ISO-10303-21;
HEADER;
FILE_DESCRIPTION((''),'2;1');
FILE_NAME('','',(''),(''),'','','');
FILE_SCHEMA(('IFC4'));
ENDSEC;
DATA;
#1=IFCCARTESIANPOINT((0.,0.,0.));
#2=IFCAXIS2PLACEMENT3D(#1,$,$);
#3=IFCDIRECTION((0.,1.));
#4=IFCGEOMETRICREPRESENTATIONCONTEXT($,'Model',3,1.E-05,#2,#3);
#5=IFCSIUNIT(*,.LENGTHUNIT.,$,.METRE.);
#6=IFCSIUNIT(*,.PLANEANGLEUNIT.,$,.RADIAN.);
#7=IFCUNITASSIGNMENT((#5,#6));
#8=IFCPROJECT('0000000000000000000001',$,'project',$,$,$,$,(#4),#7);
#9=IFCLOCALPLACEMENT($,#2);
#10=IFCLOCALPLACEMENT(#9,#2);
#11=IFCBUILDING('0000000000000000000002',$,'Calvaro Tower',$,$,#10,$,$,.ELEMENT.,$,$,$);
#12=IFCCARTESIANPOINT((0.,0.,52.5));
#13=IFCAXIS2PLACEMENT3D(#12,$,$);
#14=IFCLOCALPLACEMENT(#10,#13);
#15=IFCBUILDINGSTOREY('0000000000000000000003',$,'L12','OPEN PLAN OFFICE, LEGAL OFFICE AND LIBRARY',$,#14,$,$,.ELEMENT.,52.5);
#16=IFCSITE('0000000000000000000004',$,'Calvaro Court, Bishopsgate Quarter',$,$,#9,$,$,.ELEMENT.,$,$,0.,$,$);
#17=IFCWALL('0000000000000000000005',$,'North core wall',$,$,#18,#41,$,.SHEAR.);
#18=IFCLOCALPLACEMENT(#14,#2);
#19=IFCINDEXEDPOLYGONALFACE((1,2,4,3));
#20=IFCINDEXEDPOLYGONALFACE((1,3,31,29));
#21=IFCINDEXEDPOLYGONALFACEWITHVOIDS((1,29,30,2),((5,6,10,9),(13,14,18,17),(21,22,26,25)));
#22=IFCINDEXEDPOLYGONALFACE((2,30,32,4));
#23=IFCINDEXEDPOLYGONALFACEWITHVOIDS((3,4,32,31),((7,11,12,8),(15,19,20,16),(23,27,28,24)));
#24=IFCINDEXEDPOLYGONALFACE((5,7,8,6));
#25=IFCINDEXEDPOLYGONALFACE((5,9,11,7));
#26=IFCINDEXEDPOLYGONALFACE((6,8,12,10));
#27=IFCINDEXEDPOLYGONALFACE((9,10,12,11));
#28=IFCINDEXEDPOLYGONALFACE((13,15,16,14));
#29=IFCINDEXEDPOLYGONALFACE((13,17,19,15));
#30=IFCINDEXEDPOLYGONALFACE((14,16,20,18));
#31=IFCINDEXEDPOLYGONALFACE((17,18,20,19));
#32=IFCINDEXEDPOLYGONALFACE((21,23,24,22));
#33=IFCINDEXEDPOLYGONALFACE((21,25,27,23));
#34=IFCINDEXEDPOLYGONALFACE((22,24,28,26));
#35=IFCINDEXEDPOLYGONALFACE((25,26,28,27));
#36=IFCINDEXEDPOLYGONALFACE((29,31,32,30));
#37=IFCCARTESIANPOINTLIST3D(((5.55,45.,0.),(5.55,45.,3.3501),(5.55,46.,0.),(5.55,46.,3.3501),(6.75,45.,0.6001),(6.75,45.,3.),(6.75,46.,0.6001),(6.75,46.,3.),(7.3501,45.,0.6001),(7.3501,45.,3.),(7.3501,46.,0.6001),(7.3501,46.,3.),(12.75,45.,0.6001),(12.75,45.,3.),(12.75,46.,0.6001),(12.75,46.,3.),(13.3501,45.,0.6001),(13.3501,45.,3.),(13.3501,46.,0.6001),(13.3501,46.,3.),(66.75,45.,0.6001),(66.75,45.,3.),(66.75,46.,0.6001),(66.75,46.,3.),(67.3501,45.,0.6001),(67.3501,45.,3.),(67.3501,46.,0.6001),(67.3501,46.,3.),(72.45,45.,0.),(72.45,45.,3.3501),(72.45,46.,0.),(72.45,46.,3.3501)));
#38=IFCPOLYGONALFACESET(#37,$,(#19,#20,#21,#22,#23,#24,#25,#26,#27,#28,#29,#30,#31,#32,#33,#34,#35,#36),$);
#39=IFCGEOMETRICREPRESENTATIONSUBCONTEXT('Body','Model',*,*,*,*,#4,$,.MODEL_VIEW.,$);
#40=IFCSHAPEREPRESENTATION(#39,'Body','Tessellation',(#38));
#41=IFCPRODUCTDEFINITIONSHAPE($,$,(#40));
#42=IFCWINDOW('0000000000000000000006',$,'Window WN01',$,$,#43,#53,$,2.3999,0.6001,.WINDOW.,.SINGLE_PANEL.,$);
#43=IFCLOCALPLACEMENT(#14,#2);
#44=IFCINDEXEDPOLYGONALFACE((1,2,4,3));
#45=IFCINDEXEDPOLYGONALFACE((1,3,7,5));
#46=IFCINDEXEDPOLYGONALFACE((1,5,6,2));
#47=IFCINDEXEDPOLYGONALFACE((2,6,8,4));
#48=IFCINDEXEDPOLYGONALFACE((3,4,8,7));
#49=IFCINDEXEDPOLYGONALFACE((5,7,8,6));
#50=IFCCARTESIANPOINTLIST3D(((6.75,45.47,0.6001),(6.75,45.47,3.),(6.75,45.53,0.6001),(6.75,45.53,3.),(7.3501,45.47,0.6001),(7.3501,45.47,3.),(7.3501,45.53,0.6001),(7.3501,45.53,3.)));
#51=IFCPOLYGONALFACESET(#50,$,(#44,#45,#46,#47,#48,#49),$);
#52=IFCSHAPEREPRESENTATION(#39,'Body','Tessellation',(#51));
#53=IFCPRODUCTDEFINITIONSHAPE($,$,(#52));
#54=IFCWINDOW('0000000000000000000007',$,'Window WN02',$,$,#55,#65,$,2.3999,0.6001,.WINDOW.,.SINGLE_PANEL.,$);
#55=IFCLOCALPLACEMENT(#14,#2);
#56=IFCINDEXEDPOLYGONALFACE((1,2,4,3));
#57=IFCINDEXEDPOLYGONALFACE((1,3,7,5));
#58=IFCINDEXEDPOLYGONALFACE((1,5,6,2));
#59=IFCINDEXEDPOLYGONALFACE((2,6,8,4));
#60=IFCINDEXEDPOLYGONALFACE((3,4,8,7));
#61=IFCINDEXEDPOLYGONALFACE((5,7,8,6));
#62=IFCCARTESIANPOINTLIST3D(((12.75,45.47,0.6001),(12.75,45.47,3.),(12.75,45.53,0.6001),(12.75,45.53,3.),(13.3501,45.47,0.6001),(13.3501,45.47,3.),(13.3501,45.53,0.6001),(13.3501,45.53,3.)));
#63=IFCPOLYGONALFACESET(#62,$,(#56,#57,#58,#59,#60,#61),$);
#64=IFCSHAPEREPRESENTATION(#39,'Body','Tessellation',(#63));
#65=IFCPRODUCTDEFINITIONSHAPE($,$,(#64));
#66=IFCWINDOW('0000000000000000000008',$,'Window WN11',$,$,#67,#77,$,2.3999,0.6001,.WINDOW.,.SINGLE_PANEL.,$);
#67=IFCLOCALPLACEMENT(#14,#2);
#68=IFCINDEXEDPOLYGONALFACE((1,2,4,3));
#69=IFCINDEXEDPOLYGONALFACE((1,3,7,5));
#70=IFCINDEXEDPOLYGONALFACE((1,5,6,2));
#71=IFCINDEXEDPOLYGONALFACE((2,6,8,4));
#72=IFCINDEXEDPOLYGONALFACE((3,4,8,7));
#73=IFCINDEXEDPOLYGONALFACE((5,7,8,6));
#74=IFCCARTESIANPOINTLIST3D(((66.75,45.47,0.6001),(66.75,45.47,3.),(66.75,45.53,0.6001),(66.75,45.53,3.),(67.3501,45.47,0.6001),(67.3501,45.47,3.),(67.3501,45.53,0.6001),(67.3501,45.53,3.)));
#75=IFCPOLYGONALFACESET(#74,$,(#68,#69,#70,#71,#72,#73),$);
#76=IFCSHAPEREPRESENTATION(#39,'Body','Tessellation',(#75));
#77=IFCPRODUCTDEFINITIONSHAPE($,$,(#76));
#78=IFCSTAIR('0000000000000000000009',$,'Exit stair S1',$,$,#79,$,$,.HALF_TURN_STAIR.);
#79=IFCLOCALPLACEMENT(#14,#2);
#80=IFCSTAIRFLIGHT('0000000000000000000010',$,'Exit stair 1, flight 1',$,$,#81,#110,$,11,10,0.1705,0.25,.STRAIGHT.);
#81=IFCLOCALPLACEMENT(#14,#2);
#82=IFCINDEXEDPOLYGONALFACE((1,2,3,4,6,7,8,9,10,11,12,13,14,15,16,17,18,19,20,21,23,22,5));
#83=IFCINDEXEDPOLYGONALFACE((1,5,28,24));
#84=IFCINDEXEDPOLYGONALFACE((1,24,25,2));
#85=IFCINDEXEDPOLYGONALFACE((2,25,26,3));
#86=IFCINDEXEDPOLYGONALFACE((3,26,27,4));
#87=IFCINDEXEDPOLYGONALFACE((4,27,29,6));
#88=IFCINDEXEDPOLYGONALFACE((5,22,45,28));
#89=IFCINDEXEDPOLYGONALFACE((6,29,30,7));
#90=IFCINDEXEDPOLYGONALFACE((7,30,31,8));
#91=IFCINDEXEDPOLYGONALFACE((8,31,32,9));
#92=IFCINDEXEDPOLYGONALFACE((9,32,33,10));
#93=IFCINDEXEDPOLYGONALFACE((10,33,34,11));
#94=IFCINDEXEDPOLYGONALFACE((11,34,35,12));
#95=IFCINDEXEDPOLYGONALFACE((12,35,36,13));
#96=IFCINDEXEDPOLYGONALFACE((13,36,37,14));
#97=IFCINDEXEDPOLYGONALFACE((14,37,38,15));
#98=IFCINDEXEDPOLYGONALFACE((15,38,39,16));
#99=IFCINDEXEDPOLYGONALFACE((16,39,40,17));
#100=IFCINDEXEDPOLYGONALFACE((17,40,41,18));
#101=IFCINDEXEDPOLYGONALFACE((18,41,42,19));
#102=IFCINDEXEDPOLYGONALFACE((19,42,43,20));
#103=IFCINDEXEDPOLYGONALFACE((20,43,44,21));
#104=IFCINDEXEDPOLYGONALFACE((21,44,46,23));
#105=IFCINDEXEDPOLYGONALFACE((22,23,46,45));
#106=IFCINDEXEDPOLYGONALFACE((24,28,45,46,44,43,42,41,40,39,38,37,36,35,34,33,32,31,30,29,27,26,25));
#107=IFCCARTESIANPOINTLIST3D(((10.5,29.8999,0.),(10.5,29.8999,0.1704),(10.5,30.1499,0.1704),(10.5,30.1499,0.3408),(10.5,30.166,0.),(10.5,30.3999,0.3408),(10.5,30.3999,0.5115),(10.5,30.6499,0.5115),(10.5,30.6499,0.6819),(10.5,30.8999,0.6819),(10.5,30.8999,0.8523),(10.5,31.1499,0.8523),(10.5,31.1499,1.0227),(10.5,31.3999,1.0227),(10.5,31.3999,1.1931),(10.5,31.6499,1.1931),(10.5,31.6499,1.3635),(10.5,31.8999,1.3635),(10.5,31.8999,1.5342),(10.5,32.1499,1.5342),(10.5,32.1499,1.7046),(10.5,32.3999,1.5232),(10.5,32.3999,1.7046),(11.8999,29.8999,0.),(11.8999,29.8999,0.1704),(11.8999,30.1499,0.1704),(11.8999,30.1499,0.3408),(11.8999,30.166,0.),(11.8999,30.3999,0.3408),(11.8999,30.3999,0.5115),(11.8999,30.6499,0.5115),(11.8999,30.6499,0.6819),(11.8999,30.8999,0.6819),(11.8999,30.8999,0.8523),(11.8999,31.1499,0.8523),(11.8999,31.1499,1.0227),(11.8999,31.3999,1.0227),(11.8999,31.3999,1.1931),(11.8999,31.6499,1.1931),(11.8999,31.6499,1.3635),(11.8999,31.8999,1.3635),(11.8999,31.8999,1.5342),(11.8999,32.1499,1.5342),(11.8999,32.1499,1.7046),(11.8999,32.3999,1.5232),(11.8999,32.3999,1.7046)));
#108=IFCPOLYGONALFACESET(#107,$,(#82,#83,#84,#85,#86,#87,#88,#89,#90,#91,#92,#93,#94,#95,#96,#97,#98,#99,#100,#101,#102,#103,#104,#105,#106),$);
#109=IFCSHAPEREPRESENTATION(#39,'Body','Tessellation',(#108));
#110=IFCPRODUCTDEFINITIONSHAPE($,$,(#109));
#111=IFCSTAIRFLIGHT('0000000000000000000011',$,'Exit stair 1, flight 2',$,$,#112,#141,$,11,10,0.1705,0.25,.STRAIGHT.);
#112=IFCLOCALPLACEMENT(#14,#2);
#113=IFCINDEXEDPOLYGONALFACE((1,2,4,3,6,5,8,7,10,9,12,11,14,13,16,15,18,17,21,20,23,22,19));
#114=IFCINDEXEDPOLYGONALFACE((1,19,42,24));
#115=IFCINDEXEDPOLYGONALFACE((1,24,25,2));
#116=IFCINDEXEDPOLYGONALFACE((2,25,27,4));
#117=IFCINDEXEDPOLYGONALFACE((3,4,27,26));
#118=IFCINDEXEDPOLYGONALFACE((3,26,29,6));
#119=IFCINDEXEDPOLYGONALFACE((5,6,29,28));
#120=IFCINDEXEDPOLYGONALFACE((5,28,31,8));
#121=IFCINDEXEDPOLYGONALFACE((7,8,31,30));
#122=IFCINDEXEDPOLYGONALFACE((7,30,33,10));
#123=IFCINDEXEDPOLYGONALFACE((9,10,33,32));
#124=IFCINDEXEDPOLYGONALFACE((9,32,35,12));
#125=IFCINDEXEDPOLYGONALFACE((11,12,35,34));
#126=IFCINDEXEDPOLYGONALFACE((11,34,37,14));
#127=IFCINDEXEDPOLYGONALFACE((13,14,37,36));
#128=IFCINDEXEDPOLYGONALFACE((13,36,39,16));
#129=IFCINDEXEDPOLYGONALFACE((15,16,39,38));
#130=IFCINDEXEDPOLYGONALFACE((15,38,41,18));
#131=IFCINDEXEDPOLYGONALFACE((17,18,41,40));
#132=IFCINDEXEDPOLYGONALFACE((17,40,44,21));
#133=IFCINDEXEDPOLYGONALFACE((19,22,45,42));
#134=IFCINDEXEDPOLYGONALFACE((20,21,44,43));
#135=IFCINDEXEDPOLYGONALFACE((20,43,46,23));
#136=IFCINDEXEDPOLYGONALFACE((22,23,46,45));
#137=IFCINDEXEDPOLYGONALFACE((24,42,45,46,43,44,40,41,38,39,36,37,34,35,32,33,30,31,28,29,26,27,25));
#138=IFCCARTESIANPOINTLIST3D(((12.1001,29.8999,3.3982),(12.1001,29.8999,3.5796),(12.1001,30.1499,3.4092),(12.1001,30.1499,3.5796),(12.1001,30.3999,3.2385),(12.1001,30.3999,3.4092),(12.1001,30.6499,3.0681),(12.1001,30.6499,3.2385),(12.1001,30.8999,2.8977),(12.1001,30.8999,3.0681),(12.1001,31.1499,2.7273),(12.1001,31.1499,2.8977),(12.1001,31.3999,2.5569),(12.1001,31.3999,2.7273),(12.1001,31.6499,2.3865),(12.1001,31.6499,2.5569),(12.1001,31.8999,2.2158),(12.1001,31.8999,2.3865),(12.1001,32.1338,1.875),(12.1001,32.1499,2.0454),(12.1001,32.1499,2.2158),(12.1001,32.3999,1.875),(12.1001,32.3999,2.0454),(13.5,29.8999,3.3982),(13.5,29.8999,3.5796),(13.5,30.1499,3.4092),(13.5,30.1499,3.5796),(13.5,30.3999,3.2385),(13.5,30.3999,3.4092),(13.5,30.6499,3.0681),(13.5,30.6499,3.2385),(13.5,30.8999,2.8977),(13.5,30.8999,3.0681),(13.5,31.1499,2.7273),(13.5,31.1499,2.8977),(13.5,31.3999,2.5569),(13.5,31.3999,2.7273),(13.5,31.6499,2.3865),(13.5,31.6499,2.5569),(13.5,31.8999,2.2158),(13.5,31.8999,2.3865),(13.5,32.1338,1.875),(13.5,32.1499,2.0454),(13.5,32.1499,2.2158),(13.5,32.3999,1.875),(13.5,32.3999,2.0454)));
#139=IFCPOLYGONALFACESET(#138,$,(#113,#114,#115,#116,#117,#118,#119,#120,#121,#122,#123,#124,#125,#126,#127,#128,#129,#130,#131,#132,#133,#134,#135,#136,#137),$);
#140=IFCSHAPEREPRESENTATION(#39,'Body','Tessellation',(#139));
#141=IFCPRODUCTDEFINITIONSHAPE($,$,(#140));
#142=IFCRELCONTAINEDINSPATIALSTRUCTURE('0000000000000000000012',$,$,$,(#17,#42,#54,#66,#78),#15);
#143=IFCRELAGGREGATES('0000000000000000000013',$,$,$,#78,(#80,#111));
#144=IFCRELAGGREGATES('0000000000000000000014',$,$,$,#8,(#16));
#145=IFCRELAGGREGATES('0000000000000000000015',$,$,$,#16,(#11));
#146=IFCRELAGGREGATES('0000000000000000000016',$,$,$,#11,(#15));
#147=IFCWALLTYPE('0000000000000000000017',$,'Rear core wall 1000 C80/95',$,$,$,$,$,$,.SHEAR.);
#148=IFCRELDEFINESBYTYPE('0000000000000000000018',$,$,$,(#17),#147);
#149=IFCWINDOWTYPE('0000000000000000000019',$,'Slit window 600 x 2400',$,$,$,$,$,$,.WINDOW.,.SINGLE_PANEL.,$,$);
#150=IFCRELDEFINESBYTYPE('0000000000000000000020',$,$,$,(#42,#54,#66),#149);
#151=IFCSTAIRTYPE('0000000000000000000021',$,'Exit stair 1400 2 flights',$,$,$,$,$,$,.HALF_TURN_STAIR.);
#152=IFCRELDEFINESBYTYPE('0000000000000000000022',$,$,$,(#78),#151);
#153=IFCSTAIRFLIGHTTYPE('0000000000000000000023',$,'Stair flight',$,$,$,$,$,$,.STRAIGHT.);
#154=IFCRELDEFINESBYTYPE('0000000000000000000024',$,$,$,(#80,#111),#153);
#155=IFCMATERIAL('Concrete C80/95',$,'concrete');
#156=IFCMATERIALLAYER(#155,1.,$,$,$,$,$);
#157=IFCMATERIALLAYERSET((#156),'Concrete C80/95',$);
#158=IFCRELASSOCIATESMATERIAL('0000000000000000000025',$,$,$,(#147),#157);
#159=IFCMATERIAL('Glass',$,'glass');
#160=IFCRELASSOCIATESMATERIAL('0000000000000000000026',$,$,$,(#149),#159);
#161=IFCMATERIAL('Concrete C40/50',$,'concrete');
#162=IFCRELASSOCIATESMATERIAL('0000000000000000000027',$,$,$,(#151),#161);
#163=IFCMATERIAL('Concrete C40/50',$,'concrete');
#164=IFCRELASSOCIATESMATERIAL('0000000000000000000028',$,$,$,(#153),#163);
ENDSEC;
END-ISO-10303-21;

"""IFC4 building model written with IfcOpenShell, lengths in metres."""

from ifc_helpers import new_model, si_unit, direction, frame, frame_2d, origin, place, context, subcontext, project, spatial, polyline, rectangle, outline, extrude, material, layer, layer_set, type_object, element, fill, aggregate, save


model = new_model("IFC4")

# Units and contexts
model_context = context("Model", 3, precision=1e-05, world=origin(), true_north=direction((0.0, 1.0)))
body_context = subcontext(model_context, "Body", "Model", "MODEL_VIEW")
ifc_project = project(units=[si_unit("LENGTHUNIT", "METRE"), si_unit("PLANEANGLEUNIT", "RADIAN")], contexts=[model_context])

# Site, building, storey
site_placement = place(None, origin())
site = spatial("IfcSite", under=ifc_project, at=site_placement, Name="Calvaro Court, Bishopsgate Quarter", CompositionType="ELEMENT", RefElevation=0.0)
building_placement = place(site_placement, origin())
building = spatial("IfcBuilding", under=site, at=building_placement, Name="Calvaro Tower", CompositionType="ELEMENT")
storey_placement = place(building_placement, frame((0.0, 0.0, 52.5)))
storey = spatial("IfcBuildingStorey", under=building, at=storey_placement, Name="L12", Description="OPEN PLAN OFFICE, LEGAL OFFICE AND LIBRARY", CompositionType="ELEMENT", Elevation=52.5)

# Wall, openings, windows
ifc_material_1 = material(Name="Concrete C80/95", Category="concrete")
ifc_layer_1 = layer(ifc_material_1, 1.0)
ifc_layer_set_1 = layer_set([ifc_layer_1], Name="Concrete C80/95")
wall_type_1 = type_object("IfcWallType", Name="Rear core wall 1000 C80/95", PredefinedType="SHEAR", material=ifc_layer_set_1)
wall_1_placement = place(storey_placement, frame((5.55, 45.5, 0.0), z_axis=(0.0, 0.0, 1.0), x_axis=(1.0, 0.0, 0.0)))
wall_1 = element("IfcWall", 1, at=wall_1_placement, inside=storey, type_object=wall_type_1, Name="North core wall", PredefinedType="SHEAR", context=body_context, shape_type="SweptSolid", body=[
    extrude(rectangle(XDim=66.8999, YDim=1.0, at=frame_2d((33.45, 0.0))), origin(), (0.0, 0.0, 1.0), 3.3501),
])
opening_1_placement = place(wall_1_placement, frame((1.2, 0.0, 0.6001)))
opening_1 = element("IfcOpeningElement", 2, at=opening_1_placement, cuts=wall_1, PredefinedType="OPENING", context=body_context, shape_type="SweptSolid", body=[
    extrude(rectangle(XDim=0.6001, YDim=2.3999, at=frame_2d((0.3, 1.2))), frame((0.0, 0.51, 0.0), z_axis=(0.0, -1.0, 0.0), x_axis=(1.0, 0.0, 0.0)), (0.0, 0.0, 1.0), 1.02),
])
opening_2_placement = place(wall_1_placement, frame((7.2, 0.0, 0.6001)))
opening_2 = element("IfcOpeningElement", 3, at=opening_2_placement, cuts=wall_1, PredefinedType="OPENING", context=body_context, shape_type="SweptSolid", body=[
    extrude(rectangle(XDim=0.6001, YDim=2.3999, at=frame_2d((0.3, 1.2))), frame((0.0, 0.51, 0.0), z_axis=(0.0, -1.0, 0.0), x_axis=(1.0, 0.0, 0.0)), (0.0, 0.0, 1.0), 1.02),
])
opening_3_placement = place(wall_1_placement, frame((61.2, 0.0, 0.6001)))
opening_3 = element("IfcOpeningElement", 4, at=opening_3_placement, cuts=wall_1, PredefinedType="OPENING", context=body_context, shape_type="SweptSolid", body=[
    extrude(rectangle(XDim=0.6001, YDim=2.3999, at=frame_2d((0.3, 1.2))), frame((0.0, 0.51, 0.0), z_axis=(0.0, -1.0, 0.0), x_axis=(1.0, 0.0, 0.0)), (0.0, 0.0, 1.0), 1.02),
])
ifc_material_2 = material(Name="Glass", Category="glass")
window_type = type_object("IfcWindowType", Name="Slit window 600 x 2400", PartitioningType="SINGLE_PANEL", PredefinedType="WINDOW", material=ifc_material_2)
window_1_placement = place(opening_1_placement, origin())
window_1 = element("IfcWindow", 5, at=window_1_placement, inside=storey, type_object=window_type, Name="Window WN01", OverallHeight=2.3999, OverallWidth=0.6001, PartitioningType="SINGLE_PANEL", PredefinedType="WINDOW", context=body_context, shape_type="SweptSolid", body=[
    extrude(rectangle(XDim=0.6001, YDim=2.3999, at=frame_2d((0.3, 1.2))), frame((0.0, 0.03, 0.0), z_axis=(0.0, -1.0, 0.0), x_axis=(1.0, 0.0, 0.0)), (0.0, 0.0, 1.0), 0.0601),
])
fill(opening_1, window_1)
window_2_placement = place(opening_2_placement, origin())
window_2 = element("IfcWindow", 6, at=window_2_placement, inside=storey, type_object=window_type, Name="Window WN02", OverallHeight=2.3999, OverallWidth=0.6001, PartitioningType="SINGLE_PANEL", PredefinedType="WINDOW", context=body_context, shape_type="SweptSolid", body=[
    extrude(rectangle(XDim=0.6001, YDim=2.3999, at=frame_2d((0.3, 1.2))), frame((0.0, 0.03, 0.0), z_axis=(0.0, -1.0, 0.0), x_axis=(1.0, 0.0, 0.0)), (0.0, 0.0, 1.0), 0.0601),
])
fill(opening_2, window_2)
window_3_placement = place(opening_3_placement, origin())
window_3 = element("IfcWindow", 7, at=window_3_placement, inside=storey, type_object=window_type, Name="Window WN11", OverallHeight=2.3999, OverallWidth=0.6001, PartitioningType="SINGLE_PANEL", PredefinedType="WINDOW", context=body_context, shape_type="SweptSolid", body=[
    extrude(rectangle(XDim=0.6001, YDim=2.3999, at=frame_2d((0.3, 1.2))), frame((0.0, 0.03, 0.0), z_axis=(0.0, -1.0, 0.0), x_axis=(1.0, 0.0, 0.0)), (0.0, 0.0, 1.0), 0.0601),
])
fill(opening_3, window_3)

# Stair, stair flights
ifc_material_3 = material(Name="Concrete C40/50", Category="concrete")
stair_type = type_object("IfcStairType", Name="Exit stair 1400 2 flights", PredefinedType="HALF_TURN_STAIR", material=ifc_material_3)
stair_placement = place(storey_placement, origin())
stair = element("IfcStair", 8, at=stair_placement, inside=storey, type_object=stair_type, Name="Exit stair S1", PredefinedType="HALF_TURN_STAIR")
ifc_material_4 = material(Name="Concrete C40/50", Category="concrete")
stair_flight_type = type_object("IfcStairFlightType", Name="Stair flight", PredefinedType="STRAIGHT", material=ifc_material_4)
stair_flight_1_placement = place(storey_placement, frame((11.2, 29.8999, 0.0), z_axis=(0.0, 0.0, 1.0), x_axis=(0.0, 1.0, 0.0)))
stair_flight_1 = element("IfcStairFlight", 9, at=stair_flight_1_placement, type_object=stair_flight_type, Name="Exit stair 1, flight 1", NumberOfRisers=11, NumberOfTreads=10, PredefinedType="STRAIGHT", RiserHeight=0.1705, TreadLength=0.25, context=body_context, shape_type="SweptSolid", body=[
    extrude(outline(polyline([(0.0, 0.0), (0.0, 0.1704), (0.25, 0.1704), (0.25, 0.3408), (0.5, 0.3408), (0.5, 0.5115), (0.75, 0.5115), (0.75, 0.6819), (1.0, 0.6819), (1.0, 0.8523), (1.25, 0.8523), (1.25, 1.0227), (1.5, 1.0227), (1.5, 1.1931), (1.75, 1.1931), (1.75, 1.3635), (2.0, 1.3635), (2.0, 1.5342), (2.25, 1.5342), (2.25, 1.7046), (2.5, 1.7046), (2.5, 1.875), (2.5, 1.5232), (0.2661, 0.0), (0.0, 0.0)])), frame((0.0, 0.7, 0.0), z_axis=(0.0, -1.0, 0.0), x_axis=(1.0, 0.0, 0.0)), (0.0, 0.0, 1.0), 1.3999),
])
stair_flight_2_placement = place(storey_placement, frame((12.8, 32.3999, 1.875), z_axis=(0.0, 0.0, 1.0), x_axis=(0.0, -1.0, 0.0)))
stair_flight_2 = element("IfcStairFlight", 10, at=stair_flight_2_placement, type_object=stair_flight_type, Name="Exit stair 1, flight 2", NumberOfRisers=11, NumberOfTreads=10, PredefinedType="STRAIGHT", RiserHeight=0.1705, TreadLength=0.25, context=body_context, shape_type="SweptSolid", body=[
    extrude(outline(polyline([(0.0, 0.0), (0.0, 0.1704), (0.25, 0.1704), (0.25, 0.3408), (0.5, 0.3408), (0.5, 0.5115), (0.75, 0.5115), (0.75, 0.6819), (1.0, 0.6819), (1.0, 0.8523), (1.25, 0.8523), (1.25, 1.0227), (1.5, 1.0227), (1.5, 1.1931), (1.75, 1.1931), (1.75, 1.3635), (2.0, 1.3635), (2.0, 1.5342), (2.25, 1.5342), (2.25, 1.7046), (2.5, 1.7046), (2.5, 1.875), (2.5, 1.5232), (0.2661, 0.0), (0.0, 0.0)])), frame((0.0, 0.7, 0.0), z_axis=(0.0, -1.0, 0.0), x_axis=(1.0, 0.0, 0.0)), (0.0, 0.0, 1.0), 1.3999),
])
aggregate(stair, [stair_flight_1, stair_flight_2])

save(model, "model.ifc")
